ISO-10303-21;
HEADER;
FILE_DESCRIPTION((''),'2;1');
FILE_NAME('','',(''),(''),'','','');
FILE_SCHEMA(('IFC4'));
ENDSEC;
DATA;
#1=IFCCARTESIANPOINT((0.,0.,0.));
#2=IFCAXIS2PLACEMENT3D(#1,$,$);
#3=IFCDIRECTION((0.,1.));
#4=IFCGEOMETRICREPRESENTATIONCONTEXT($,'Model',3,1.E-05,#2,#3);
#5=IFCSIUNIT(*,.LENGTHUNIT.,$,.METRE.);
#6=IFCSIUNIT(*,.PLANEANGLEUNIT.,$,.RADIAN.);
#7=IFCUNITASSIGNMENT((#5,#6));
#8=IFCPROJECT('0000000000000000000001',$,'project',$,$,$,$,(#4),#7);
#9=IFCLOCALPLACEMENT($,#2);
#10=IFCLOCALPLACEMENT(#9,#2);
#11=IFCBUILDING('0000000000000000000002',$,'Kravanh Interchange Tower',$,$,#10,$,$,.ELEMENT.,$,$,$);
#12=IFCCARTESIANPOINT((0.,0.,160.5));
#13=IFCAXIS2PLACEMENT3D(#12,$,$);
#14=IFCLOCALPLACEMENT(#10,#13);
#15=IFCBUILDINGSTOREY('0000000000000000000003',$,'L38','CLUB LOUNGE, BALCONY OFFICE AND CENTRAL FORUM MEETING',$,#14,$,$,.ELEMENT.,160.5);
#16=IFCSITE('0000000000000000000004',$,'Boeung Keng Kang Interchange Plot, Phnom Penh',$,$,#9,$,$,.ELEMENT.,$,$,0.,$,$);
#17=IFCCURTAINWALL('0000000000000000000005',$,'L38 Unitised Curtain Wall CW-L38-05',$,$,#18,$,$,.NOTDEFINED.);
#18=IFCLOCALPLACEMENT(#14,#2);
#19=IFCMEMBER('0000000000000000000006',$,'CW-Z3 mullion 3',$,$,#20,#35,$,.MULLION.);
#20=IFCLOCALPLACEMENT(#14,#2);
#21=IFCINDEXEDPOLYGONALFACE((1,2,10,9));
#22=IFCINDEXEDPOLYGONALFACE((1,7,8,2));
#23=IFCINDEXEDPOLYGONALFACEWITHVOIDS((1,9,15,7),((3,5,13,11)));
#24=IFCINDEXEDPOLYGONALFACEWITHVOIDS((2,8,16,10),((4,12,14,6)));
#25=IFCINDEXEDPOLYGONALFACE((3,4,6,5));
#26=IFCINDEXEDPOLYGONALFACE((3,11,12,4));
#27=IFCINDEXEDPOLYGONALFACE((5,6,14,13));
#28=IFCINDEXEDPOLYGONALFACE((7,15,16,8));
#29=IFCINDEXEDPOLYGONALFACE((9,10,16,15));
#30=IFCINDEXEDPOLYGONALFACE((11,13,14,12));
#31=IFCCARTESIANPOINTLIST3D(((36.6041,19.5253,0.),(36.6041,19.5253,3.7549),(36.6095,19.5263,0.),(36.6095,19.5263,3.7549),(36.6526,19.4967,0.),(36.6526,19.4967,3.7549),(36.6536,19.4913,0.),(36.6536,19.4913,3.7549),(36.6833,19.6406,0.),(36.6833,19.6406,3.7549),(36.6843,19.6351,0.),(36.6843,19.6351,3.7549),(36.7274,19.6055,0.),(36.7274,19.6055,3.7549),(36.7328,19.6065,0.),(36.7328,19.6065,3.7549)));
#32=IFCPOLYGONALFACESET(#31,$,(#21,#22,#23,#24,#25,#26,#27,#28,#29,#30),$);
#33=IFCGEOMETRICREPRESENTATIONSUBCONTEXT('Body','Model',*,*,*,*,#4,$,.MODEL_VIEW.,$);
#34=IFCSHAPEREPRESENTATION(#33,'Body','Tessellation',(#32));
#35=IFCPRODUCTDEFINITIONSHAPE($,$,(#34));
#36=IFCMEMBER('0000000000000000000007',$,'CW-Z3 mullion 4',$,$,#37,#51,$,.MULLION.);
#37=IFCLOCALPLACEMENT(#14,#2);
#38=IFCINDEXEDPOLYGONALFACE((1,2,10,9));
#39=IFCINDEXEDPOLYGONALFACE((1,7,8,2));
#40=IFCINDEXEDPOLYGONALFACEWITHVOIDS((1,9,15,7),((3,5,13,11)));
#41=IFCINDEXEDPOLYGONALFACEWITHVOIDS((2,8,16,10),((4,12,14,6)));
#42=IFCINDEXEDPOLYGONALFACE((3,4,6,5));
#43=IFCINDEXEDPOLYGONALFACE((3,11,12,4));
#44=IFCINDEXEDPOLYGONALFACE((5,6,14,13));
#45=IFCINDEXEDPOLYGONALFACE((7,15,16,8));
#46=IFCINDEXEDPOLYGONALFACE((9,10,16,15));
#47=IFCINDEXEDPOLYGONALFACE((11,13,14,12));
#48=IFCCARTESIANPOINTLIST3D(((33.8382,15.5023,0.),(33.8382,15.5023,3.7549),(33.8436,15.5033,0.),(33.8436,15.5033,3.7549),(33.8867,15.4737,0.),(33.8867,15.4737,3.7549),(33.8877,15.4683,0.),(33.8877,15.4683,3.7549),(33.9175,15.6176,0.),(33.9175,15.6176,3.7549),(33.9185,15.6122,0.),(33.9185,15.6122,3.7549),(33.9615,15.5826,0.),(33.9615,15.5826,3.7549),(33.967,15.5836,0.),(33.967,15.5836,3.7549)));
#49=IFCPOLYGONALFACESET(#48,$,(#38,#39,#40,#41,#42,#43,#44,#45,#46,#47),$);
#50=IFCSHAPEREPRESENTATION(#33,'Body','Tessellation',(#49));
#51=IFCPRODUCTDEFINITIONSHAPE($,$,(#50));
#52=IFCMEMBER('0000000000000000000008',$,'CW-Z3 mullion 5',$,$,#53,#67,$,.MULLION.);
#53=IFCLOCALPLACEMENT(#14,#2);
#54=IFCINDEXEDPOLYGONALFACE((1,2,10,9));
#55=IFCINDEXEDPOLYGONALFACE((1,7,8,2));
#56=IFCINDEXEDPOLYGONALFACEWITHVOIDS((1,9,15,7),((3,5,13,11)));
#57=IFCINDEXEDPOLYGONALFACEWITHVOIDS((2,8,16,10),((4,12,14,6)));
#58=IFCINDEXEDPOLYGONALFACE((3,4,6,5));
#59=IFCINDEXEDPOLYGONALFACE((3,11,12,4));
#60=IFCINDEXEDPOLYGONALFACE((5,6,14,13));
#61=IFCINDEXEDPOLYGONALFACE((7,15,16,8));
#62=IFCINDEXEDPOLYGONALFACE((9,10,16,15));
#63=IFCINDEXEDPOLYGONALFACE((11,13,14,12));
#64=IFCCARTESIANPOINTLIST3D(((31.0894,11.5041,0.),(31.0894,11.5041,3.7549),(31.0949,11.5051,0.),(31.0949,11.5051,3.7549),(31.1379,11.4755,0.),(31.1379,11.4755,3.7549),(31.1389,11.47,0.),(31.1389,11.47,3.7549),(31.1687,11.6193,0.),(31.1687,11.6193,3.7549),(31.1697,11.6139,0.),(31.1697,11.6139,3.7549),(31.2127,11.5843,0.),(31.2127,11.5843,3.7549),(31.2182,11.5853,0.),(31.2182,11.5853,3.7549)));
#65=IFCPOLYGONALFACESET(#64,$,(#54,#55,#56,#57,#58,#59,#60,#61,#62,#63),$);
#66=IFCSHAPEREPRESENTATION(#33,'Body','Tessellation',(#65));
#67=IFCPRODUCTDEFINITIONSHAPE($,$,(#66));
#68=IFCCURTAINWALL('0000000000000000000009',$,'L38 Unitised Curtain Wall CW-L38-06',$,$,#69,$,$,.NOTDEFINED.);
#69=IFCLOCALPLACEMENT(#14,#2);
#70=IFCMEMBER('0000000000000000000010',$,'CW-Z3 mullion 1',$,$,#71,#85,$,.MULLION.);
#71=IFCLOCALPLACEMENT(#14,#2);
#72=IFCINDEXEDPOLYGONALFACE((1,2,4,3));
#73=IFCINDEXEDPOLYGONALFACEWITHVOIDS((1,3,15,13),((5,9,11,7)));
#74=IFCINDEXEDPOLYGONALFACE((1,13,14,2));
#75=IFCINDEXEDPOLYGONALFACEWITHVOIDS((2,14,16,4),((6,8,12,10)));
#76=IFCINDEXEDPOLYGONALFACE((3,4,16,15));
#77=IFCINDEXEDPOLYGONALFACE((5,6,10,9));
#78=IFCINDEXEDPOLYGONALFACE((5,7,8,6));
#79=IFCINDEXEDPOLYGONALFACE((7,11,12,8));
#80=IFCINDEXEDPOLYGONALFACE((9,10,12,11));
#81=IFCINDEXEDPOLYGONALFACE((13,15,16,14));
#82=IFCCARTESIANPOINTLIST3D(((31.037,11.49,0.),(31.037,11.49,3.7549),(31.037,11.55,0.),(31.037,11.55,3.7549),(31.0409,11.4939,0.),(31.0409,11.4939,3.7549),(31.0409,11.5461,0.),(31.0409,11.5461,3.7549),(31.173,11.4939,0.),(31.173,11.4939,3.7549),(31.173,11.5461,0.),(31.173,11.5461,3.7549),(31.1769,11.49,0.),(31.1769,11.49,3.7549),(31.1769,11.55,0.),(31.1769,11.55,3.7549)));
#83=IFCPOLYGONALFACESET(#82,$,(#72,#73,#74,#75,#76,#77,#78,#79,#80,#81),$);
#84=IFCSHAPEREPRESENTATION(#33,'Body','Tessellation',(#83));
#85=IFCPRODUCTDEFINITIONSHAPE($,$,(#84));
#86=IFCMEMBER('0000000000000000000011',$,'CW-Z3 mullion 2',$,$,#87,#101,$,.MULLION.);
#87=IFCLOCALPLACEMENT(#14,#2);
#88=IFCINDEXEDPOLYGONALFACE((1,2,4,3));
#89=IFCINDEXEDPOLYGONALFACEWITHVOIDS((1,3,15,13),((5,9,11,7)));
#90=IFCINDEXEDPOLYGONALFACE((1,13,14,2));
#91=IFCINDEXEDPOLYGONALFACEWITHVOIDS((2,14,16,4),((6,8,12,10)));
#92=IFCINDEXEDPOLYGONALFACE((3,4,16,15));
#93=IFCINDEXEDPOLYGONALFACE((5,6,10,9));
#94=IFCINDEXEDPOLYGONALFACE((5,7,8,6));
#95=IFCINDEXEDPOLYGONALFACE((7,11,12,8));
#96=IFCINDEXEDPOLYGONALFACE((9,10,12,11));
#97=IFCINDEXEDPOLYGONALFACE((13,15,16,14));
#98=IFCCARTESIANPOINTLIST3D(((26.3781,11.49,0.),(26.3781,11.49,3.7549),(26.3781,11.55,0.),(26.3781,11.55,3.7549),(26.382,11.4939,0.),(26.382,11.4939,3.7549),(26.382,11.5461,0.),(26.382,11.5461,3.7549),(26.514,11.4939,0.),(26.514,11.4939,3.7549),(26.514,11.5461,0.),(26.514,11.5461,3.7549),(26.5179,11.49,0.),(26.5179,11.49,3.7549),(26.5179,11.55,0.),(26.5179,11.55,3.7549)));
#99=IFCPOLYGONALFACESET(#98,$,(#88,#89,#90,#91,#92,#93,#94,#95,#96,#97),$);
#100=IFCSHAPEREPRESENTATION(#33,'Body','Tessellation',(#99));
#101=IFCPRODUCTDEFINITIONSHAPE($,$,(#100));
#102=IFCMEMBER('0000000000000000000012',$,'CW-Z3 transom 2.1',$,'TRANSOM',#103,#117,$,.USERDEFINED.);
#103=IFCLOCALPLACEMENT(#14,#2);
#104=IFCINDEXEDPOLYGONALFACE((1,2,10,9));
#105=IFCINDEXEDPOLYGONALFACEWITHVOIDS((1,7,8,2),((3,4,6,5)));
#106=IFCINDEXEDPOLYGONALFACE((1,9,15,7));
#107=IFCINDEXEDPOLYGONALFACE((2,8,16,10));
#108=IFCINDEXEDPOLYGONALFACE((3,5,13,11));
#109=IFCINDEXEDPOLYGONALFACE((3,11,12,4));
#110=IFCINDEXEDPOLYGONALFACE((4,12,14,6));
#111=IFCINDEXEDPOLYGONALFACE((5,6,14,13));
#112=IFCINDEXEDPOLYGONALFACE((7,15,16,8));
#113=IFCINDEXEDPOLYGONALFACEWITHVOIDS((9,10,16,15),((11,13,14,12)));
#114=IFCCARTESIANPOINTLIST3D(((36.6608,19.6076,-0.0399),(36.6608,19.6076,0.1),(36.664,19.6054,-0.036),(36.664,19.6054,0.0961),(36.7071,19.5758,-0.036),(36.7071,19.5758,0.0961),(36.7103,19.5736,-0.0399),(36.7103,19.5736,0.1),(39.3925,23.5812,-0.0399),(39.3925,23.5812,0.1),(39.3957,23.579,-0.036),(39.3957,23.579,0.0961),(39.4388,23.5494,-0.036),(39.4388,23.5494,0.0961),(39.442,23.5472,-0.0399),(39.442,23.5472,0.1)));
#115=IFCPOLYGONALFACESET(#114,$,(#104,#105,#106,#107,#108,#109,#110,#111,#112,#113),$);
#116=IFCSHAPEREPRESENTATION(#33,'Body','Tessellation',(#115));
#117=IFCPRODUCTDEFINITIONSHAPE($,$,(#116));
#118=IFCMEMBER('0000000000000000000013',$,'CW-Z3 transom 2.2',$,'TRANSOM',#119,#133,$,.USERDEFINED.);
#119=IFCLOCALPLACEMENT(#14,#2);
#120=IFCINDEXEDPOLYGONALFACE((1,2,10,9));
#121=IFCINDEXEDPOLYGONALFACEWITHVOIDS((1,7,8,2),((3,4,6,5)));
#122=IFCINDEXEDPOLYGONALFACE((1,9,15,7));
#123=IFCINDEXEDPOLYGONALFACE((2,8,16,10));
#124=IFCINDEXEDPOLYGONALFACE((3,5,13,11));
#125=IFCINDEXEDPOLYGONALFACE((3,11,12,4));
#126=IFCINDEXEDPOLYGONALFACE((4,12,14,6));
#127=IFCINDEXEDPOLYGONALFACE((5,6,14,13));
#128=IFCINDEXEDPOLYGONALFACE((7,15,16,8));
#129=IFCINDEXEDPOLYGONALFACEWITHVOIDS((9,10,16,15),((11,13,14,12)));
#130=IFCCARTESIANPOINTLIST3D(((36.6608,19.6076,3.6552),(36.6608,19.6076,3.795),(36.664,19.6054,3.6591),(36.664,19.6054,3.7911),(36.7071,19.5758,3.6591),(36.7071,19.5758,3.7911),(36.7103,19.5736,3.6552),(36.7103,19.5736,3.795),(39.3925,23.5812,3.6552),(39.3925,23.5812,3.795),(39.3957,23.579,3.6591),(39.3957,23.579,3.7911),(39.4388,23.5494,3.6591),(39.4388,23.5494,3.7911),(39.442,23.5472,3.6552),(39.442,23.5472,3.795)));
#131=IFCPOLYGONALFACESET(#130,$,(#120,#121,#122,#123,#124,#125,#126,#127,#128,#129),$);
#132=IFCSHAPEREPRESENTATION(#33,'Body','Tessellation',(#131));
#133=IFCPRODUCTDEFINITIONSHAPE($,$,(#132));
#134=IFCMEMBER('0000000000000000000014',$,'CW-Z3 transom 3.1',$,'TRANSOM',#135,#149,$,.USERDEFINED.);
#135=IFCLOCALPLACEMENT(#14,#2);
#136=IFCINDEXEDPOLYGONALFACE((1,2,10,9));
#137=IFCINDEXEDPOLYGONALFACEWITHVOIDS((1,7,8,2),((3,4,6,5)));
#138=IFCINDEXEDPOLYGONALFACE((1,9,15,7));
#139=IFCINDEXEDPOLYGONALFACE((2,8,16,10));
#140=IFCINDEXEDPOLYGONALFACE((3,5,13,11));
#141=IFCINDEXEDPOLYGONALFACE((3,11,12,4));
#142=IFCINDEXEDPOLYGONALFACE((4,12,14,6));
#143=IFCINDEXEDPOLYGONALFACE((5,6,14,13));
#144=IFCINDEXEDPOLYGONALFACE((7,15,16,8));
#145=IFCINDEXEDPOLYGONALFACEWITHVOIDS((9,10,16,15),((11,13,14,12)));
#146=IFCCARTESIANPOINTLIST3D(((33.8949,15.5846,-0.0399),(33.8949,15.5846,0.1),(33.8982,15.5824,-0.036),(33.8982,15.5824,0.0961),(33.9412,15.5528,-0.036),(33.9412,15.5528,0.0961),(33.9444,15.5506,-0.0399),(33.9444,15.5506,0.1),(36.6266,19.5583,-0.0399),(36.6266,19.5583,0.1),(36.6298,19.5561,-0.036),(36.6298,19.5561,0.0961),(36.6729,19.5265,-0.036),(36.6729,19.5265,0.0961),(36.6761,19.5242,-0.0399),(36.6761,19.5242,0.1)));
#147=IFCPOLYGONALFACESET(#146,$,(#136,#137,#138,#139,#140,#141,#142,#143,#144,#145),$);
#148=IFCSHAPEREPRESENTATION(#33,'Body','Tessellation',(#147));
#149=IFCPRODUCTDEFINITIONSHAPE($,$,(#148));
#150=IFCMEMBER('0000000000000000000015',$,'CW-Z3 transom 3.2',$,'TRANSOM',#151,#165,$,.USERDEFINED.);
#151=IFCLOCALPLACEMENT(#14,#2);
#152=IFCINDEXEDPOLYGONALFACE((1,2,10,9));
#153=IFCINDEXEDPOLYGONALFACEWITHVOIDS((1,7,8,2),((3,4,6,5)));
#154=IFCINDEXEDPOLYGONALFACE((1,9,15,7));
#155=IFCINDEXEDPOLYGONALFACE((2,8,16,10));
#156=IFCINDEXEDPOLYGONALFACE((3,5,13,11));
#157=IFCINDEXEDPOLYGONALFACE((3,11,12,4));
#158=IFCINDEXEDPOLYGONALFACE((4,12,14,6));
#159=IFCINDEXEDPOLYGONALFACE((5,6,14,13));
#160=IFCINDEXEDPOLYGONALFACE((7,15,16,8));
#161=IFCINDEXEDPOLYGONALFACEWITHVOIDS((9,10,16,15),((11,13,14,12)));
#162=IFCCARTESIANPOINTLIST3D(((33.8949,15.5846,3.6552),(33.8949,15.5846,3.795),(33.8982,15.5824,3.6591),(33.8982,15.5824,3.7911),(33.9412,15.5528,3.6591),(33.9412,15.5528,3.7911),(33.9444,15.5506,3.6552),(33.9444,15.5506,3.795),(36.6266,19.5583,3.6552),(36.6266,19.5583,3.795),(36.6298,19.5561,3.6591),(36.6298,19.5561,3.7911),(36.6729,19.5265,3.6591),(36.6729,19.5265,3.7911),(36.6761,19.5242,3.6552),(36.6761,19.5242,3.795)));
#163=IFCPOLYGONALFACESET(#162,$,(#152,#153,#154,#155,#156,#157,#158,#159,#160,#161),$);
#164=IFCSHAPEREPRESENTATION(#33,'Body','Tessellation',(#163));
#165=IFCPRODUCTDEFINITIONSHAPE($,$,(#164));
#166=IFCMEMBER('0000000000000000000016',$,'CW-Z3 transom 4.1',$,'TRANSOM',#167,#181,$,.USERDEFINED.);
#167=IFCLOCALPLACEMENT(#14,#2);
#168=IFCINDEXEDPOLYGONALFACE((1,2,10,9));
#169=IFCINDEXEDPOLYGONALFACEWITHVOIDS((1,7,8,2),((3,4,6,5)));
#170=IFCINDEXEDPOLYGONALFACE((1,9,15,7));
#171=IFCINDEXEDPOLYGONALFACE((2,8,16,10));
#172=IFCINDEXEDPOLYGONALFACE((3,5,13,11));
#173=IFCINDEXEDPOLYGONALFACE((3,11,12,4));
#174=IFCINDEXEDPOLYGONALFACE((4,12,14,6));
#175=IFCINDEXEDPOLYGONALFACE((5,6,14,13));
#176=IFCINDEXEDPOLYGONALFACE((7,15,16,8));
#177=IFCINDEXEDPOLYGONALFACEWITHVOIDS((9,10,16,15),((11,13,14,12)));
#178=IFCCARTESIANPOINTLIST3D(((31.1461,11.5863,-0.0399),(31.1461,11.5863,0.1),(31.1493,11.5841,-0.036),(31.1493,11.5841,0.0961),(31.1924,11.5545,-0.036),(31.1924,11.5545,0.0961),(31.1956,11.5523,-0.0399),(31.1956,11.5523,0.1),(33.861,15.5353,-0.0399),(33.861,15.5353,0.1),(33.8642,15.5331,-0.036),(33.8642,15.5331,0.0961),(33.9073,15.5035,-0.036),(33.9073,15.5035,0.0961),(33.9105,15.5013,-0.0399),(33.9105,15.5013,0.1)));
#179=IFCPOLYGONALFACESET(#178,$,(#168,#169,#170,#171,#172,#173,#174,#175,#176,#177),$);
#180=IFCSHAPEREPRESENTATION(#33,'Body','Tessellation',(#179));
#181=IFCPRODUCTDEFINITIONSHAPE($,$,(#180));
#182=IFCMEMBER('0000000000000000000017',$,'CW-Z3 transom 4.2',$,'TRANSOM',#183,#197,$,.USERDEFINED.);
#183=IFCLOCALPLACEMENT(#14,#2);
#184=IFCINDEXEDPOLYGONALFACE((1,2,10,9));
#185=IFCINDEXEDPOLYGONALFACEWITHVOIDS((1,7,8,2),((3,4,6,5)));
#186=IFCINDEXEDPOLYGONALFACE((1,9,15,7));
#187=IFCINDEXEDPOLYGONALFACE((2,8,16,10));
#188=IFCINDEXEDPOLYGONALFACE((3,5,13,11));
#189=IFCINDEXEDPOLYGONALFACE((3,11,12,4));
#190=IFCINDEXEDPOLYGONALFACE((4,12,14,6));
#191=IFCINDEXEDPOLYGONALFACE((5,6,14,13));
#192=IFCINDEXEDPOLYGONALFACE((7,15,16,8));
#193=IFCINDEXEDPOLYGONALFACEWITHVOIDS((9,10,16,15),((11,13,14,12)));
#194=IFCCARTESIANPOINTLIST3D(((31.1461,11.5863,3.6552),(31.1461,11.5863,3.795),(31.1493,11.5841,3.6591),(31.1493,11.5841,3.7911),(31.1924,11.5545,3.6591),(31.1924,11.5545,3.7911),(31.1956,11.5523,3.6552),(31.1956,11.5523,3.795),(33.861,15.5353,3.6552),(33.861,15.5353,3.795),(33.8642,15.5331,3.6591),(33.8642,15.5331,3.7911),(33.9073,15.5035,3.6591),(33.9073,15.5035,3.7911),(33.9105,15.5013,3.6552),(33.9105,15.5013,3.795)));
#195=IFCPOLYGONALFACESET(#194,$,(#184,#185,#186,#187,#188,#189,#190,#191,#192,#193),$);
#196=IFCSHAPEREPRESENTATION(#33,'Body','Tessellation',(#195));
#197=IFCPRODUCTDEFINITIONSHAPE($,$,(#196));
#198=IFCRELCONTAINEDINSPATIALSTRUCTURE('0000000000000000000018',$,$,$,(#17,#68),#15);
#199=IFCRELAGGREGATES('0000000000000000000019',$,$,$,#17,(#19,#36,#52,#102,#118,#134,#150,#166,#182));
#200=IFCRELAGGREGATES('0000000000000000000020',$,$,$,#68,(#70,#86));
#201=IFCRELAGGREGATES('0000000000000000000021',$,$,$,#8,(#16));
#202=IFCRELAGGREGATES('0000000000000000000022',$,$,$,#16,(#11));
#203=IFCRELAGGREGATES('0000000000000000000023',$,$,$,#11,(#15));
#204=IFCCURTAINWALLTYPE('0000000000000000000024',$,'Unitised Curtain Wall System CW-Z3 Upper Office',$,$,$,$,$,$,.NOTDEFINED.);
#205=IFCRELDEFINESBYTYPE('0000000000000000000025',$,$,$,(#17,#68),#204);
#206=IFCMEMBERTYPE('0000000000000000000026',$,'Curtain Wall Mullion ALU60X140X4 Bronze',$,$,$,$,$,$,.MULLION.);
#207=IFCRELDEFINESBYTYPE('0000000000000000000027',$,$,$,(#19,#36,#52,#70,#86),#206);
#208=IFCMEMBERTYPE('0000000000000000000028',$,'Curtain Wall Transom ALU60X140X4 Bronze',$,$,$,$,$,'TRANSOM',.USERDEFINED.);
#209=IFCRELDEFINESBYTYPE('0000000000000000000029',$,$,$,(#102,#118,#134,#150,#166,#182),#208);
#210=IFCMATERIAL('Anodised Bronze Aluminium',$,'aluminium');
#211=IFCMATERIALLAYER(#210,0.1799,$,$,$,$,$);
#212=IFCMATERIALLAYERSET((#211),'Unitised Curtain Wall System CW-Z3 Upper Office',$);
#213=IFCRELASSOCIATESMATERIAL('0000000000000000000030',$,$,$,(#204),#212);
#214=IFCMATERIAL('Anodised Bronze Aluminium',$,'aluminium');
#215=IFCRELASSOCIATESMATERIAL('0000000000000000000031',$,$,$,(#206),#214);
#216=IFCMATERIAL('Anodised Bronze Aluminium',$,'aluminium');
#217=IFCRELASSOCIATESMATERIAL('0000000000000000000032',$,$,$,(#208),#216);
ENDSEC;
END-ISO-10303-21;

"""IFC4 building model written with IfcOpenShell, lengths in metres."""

from ifc_helpers import new_model, si_unit, direction, frame, origin, origin_2d, place, context, subcontext, project, spatial, hollow_rectangle, extrude, material, layer, layer_set, material_profile, profile_set, type_object, element, aggregate, save


model = new_model("IFC4")

# Units and contexts
model_context = context("Model", 3, precision=1e-05, world=origin(), true_north=direction((0.0, 1.0)))
body_context = subcontext(model_context, "Body", "Model", "MODEL_VIEW")
ifc_project = project(units=[si_unit("LENGTHUNIT", "METRE"), si_unit("PLANEANGLEUNIT", "RADIAN")], contexts=[model_context])

# Site, building, storey
site_placement = place(None, origin())
site = spatial("IfcSite", under=ifc_project, at=site_placement, Name="Boeung Keng Kang Interchange Plot, Phnom Penh", CompositionType="ELEMENT", RefElevation=0.0)
building_placement = place(site_placement, origin())
building = spatial("IfcBuilding", under=site, at=building_placement, Name="Kravanh Interchange Tower", CompositionType="ELEMENT")
storey_placement = place(building_placement, frame((0.0, 0.0, 160.5)))
storey = spatial("IfcBuildingStorey", under=building, at=storey_placement, Name="L38", Description="CLUB LOUNGE, BALCONY OFFICE AND CENTRAL FORUM MEETING", CompositionType="ELEMENT", Elevation=160.5)

# Curtain walls, members
ifc_material_1 = material(Name="Anodised Bronze Aluminium", Category="aluminium")
ifc_layer_1 = layer(ifc_material_1, 0.1799)
ifc_layer_set_1 = layer_set([ifc_layer_1], Name="Unitised Curtain Wall System CW-Z3 Upper Office")
curtain_wall_type = type_object("IfcCurtainWallType", Name="Unitised Curtain Wall System CW-Z3 Upper Office", PredefinedType="NOTDEFINED", material=ifc_layer_set_1)
curtain_wall_1_placement = place(storey_placement, origin())
curtain_wall_1 = element("IfcCurtainWall", 1, at=curtain_wall_1_placement, inside=storey, type_object=curtain_wall_type, Name="L38 Unitised Curtain Wall CW-L38-05", PredefinedType="NOTDEFINED")
ifc_material_2 = material(Name="Anodised Bronze Aluminium", Category="aluminium")
ifc_material_profile_1 = material_profile(ifc_material_2, hollow_rectangle(XDim=0.0601, YDim=0.1399, WallThickness=0.0039, at=origin_2d()), Name="ALU60X140X4")
ifc_profile_set_1 = profile_set([ifc_material_profile_1], Name="Anodised Bronze Aluminium")
member_type_1 = type_object("IfcMemberType", Name="Curtain Wall Mullion ALU60X140X4 Bronze", PredefinedType="MULLION", material=ifc_profile_set_1)
member_1_placement = place(storey_placement, frame((36.6685, 19.5659, 0.0), z_axis=(0.0, 0.0, 1.0), x_axis=(0.824042, -0.566528, 0.0)))
member_1 = element("IfcMember", 2, at=member_1_placement, type_object=member_type_1, Name="CW-Z3 mullion 3", PredefinedType="MULLION", context=body_context, shape_type="SweptSolid", body=[
    extrude(hollow_rectangle(XDim=0.0601, YDim=0.1399, WallThickness=0.0039, at=origin_2d()), origin(), (0.0, 0.0, 1.0), 3.7549),
])
member_2_placement = place(storey_placement, frame((33.9026, 15.543, 0.0), z_axis=(0.0, 0.0, 1.0), x_axis=(0.824042, -0.566528, 0.0)))
member_2 = element("IfcMember", 3, at=member_2_placement, type_object=member_type_1, Name="CW-Z3 mullion 4", PredefinedType="MULLION", context=body_context, shape_type="SweptSolid", body=[
    extrude(hollow_rectangle(XDim=0.0601, YDim=0.1399, WallThickness=0.0039, at=origin_2d()), origin(), (0.0, 0.0, 1.0), 3.7549),
])
member_3_placement = place(storey_placement, frame((31.1538, 11.5447, 0.0), z_axis=(0.0, 0.0, 1.0), x_axis=(0.824042, -0.566528, 0.0)))
member_3 = element("IfcMember", 4, at=member_3_placement, type_object=member_type_1, Name="CW-Z3 mullion 5", PredefinedType="MULLION", context=body_context, shape_type="SweptSolid", body=[
    extrude(hollow_rectangle(XDim=0.0601, YDim=0.1399, WallThickness=0.0039, at=origin_2d()), origin(), (0.0, 0.0, 1.0), 3.7549),
])
curtain_wall_2_placement = place(storey_placement, origin())
curtain_wall_2 = element("IfcCurtainWall", 5, at=curtain_wall_2_placement, inside=storey, type_object=curtain_wall_type, Name="L38 Unitised Curtain Wall CW-L38-06", PredefinedType="NOTDEFINED")
member_4_placement = place(storey_placement, frame((31.1069, 11.52, 0.0), z_axis=(0.0, 0.0, 1.0), x_axis=(0.0, -1.0, 0.0)))
member_4 = element("IfcMember", 6, at=member_4_placement, type_object=member_type_1, Name="CW-Z3 mullion 1", PredefinedType="MULLION", context=body_context, shape_type="SweptSolid", body=[
    extrude(hollow_rectangle(XDim=0.0601, YDim=0.1399, WallThickness=0.0039, at=origin_2d()), origin(), (0.0, 0.0, 1.0), 3.7549),
])
member_5_placement = place(storey_placement, frame((26.448, 11.52, 0.0), z_axis=(0.0, 0.0, 1.0), x_axis=(0.0, -1.0, 0.0)))
member_5 = element("IfcMember", 7, at=member_5_placement, type_object=member_type_1, Name="CW-Z3 mullion 2", PredefinedType="MULLION", context=body_context, shape_type="SweptSolid", body=[
    extrude(hollow_rectangle(XDim=0.0601, YDim=0.1399, WallThickness=0.0039, at=origin_2d()), origin(), (0.0, 0.0, 1.0), 3.7549),
])

# Members
ifc_material_3 = material(Name="Anodised Bronze Aluminium", Category="aluminium")
ifc_material_profile_2 = material_profile(ifc_material_3, hollow_rectangle(XDim=0.0601, YDim=0.1399, WallThickness=0.0039, at=origin_2d()), Name="ALU60X140X4")
ifc_profile_set_2 = profile_set([ifc_material_profile_2], Name="Anodised Bronze Aluminium")
member_type_2 = type_object("IfcMemberType", Name="Curtain Wall Transom ALU60X140X4 Bronze", ElementType="TRANSOM", PredefinedType="USERDEFINED", material=ifc_profile_set_2)
member_6_placement = place(storey_placement, frame((39.4172, 23.5642, 0.03), z_axis=(-0.566503, -0.82406, 0.0), x_axis=(0.82406, -0.566503, 0.0)))
member_6 = element("IfcMember", 8, at=member_6_placement, type_object=member_type_2, Name="CW-Z3 transom 2.1", ObjectType="TRANSOM", PredefinedType="USERDEFINED", context=body_context, shape_type="SweptSolid", body=[
    extrude(hollow_rectangle(XDim=0.0601, YDim=0.1399, WallThickness=0.0039, at=origin_2d()), origin(), (0.0, 0.0, 1.0), 4.822),
])
member_7_placement = place(storey_placement, frame((39.4172, 23.5642, 3.7251), z_axis=(-0.566503, -0.82406, 0.0), x_axis=(0.82406, -0.566503, 0.0)))
member_7 = element("IfcMember", 9, at=member_7_placement, type_object=member_type_2, Name="CW-Z3 transom 2.2", ObjectType="TRANSOM", PredefinedType="USERDEFINED", context=body_context, shape_type="SweptSolid", body=[
    extrude(hollow_rectangle(XDim=0.0601, YDim=0.1399, WallThickness=0.0039, at=origin_2d()), origin(), (0.0, 0.0, 1.0), 4.822),
])
member_8_placement = place(storey_placement, frame((36.6514, 19.5413, 0.03), z_axis=(-0.566503, -0.82406, 0.0), x_axis=(0.82406, -0.566503, 0.0)))
member_8 = element("IfcMember", 10, at=member_8_placement, type_object=member_type_2, Name="CW-Z3 transom 3.1", ObjectType="TRANSOM", PredefinedType="USERDEFINED", context=body_context, shape_type="SweptSolid", body=[
    extrude(hollow_rectangle(XDim=0.0601, YDim=0.1399, WallThickness=0.0039, at=origin_2d()), origin(), (0.0, 0.0, 1.0), 4.822),
])
member_9_placement = place(storey_placement, frame((36.6514, 19.5413, 3.7251), z_axis=(-0.566503, -0.82406, 0.0), x_axis=(0.82406, -0.566503, 0.0)))
member_9 = element("IfcMember", 11, at=member_9_placement, type_object=member_type_2, Name="CW-Z3 transom 3.2", ObjectType="TRANSOM", PredefinedType="USERDEFINED", context=body_context, shape_type="SweptSolid", body=[
    extrude(hollow_rectangle(XDim=0.0601, YDim=0.1399, WallThickness=0.0039, at=origin_2d()), origin(), (0.0, 0.0, 1.0), 4.822),
])
member_10_placement = place(storey_placement, frame((33.8857, 15.5183, 0.03), z_axis=(-0.566518, -0.824049, 0.0), x_axis=(0.824049, -0.566518, 0.0)))
member_10 = element("IfcMember", 12, at=member_10_placement, type_object=member_type_2, Name="CW-Z3 transom 4.1", ObjectType="TRANSOM", PredefinedType="USERDEFINED", context=body_context, shape_type="SweptSolid", body=[
    extrude(hollow_rectangle(XDim=0.0601, YDim=0.1399, WallThickness=0.0039, at=origin_2d()), origin(), (0.0, 0.0, 1.0), 4.7922),
])
member_11_placement = place(storey_placement, frame((33.8857, 15.5183, 3.7251), z_axis=(-0.566518, -0.824049, 0.0), x_axis=(0.824049, -0.566518, 0.0)))
member_11 = element("IfcMember", 13, at=member_11_placement, type_object=member_type_2, Name="CW-Z3 transom 4.2", ObjectType="TRANSOM", PredefinedType="USERDEFINED", context=body_context, shape_type="SweptSolid", body=[
    extrude(hollow_rectangle(XDim=0.0601, YDim=0.1399, WallThickness=0.0039, at=origin_2d()), origin(), (0.0, 0.0, 1.0), 4.7922),
])

aggregate(curtain_wall_1, [member_1, member_2, member_3, member_6, member_7, member_8, member_9, member_10, member_11])
aggregate(curtain_wall_2, [member_4, member_5])

save(model, "model.ifc")
